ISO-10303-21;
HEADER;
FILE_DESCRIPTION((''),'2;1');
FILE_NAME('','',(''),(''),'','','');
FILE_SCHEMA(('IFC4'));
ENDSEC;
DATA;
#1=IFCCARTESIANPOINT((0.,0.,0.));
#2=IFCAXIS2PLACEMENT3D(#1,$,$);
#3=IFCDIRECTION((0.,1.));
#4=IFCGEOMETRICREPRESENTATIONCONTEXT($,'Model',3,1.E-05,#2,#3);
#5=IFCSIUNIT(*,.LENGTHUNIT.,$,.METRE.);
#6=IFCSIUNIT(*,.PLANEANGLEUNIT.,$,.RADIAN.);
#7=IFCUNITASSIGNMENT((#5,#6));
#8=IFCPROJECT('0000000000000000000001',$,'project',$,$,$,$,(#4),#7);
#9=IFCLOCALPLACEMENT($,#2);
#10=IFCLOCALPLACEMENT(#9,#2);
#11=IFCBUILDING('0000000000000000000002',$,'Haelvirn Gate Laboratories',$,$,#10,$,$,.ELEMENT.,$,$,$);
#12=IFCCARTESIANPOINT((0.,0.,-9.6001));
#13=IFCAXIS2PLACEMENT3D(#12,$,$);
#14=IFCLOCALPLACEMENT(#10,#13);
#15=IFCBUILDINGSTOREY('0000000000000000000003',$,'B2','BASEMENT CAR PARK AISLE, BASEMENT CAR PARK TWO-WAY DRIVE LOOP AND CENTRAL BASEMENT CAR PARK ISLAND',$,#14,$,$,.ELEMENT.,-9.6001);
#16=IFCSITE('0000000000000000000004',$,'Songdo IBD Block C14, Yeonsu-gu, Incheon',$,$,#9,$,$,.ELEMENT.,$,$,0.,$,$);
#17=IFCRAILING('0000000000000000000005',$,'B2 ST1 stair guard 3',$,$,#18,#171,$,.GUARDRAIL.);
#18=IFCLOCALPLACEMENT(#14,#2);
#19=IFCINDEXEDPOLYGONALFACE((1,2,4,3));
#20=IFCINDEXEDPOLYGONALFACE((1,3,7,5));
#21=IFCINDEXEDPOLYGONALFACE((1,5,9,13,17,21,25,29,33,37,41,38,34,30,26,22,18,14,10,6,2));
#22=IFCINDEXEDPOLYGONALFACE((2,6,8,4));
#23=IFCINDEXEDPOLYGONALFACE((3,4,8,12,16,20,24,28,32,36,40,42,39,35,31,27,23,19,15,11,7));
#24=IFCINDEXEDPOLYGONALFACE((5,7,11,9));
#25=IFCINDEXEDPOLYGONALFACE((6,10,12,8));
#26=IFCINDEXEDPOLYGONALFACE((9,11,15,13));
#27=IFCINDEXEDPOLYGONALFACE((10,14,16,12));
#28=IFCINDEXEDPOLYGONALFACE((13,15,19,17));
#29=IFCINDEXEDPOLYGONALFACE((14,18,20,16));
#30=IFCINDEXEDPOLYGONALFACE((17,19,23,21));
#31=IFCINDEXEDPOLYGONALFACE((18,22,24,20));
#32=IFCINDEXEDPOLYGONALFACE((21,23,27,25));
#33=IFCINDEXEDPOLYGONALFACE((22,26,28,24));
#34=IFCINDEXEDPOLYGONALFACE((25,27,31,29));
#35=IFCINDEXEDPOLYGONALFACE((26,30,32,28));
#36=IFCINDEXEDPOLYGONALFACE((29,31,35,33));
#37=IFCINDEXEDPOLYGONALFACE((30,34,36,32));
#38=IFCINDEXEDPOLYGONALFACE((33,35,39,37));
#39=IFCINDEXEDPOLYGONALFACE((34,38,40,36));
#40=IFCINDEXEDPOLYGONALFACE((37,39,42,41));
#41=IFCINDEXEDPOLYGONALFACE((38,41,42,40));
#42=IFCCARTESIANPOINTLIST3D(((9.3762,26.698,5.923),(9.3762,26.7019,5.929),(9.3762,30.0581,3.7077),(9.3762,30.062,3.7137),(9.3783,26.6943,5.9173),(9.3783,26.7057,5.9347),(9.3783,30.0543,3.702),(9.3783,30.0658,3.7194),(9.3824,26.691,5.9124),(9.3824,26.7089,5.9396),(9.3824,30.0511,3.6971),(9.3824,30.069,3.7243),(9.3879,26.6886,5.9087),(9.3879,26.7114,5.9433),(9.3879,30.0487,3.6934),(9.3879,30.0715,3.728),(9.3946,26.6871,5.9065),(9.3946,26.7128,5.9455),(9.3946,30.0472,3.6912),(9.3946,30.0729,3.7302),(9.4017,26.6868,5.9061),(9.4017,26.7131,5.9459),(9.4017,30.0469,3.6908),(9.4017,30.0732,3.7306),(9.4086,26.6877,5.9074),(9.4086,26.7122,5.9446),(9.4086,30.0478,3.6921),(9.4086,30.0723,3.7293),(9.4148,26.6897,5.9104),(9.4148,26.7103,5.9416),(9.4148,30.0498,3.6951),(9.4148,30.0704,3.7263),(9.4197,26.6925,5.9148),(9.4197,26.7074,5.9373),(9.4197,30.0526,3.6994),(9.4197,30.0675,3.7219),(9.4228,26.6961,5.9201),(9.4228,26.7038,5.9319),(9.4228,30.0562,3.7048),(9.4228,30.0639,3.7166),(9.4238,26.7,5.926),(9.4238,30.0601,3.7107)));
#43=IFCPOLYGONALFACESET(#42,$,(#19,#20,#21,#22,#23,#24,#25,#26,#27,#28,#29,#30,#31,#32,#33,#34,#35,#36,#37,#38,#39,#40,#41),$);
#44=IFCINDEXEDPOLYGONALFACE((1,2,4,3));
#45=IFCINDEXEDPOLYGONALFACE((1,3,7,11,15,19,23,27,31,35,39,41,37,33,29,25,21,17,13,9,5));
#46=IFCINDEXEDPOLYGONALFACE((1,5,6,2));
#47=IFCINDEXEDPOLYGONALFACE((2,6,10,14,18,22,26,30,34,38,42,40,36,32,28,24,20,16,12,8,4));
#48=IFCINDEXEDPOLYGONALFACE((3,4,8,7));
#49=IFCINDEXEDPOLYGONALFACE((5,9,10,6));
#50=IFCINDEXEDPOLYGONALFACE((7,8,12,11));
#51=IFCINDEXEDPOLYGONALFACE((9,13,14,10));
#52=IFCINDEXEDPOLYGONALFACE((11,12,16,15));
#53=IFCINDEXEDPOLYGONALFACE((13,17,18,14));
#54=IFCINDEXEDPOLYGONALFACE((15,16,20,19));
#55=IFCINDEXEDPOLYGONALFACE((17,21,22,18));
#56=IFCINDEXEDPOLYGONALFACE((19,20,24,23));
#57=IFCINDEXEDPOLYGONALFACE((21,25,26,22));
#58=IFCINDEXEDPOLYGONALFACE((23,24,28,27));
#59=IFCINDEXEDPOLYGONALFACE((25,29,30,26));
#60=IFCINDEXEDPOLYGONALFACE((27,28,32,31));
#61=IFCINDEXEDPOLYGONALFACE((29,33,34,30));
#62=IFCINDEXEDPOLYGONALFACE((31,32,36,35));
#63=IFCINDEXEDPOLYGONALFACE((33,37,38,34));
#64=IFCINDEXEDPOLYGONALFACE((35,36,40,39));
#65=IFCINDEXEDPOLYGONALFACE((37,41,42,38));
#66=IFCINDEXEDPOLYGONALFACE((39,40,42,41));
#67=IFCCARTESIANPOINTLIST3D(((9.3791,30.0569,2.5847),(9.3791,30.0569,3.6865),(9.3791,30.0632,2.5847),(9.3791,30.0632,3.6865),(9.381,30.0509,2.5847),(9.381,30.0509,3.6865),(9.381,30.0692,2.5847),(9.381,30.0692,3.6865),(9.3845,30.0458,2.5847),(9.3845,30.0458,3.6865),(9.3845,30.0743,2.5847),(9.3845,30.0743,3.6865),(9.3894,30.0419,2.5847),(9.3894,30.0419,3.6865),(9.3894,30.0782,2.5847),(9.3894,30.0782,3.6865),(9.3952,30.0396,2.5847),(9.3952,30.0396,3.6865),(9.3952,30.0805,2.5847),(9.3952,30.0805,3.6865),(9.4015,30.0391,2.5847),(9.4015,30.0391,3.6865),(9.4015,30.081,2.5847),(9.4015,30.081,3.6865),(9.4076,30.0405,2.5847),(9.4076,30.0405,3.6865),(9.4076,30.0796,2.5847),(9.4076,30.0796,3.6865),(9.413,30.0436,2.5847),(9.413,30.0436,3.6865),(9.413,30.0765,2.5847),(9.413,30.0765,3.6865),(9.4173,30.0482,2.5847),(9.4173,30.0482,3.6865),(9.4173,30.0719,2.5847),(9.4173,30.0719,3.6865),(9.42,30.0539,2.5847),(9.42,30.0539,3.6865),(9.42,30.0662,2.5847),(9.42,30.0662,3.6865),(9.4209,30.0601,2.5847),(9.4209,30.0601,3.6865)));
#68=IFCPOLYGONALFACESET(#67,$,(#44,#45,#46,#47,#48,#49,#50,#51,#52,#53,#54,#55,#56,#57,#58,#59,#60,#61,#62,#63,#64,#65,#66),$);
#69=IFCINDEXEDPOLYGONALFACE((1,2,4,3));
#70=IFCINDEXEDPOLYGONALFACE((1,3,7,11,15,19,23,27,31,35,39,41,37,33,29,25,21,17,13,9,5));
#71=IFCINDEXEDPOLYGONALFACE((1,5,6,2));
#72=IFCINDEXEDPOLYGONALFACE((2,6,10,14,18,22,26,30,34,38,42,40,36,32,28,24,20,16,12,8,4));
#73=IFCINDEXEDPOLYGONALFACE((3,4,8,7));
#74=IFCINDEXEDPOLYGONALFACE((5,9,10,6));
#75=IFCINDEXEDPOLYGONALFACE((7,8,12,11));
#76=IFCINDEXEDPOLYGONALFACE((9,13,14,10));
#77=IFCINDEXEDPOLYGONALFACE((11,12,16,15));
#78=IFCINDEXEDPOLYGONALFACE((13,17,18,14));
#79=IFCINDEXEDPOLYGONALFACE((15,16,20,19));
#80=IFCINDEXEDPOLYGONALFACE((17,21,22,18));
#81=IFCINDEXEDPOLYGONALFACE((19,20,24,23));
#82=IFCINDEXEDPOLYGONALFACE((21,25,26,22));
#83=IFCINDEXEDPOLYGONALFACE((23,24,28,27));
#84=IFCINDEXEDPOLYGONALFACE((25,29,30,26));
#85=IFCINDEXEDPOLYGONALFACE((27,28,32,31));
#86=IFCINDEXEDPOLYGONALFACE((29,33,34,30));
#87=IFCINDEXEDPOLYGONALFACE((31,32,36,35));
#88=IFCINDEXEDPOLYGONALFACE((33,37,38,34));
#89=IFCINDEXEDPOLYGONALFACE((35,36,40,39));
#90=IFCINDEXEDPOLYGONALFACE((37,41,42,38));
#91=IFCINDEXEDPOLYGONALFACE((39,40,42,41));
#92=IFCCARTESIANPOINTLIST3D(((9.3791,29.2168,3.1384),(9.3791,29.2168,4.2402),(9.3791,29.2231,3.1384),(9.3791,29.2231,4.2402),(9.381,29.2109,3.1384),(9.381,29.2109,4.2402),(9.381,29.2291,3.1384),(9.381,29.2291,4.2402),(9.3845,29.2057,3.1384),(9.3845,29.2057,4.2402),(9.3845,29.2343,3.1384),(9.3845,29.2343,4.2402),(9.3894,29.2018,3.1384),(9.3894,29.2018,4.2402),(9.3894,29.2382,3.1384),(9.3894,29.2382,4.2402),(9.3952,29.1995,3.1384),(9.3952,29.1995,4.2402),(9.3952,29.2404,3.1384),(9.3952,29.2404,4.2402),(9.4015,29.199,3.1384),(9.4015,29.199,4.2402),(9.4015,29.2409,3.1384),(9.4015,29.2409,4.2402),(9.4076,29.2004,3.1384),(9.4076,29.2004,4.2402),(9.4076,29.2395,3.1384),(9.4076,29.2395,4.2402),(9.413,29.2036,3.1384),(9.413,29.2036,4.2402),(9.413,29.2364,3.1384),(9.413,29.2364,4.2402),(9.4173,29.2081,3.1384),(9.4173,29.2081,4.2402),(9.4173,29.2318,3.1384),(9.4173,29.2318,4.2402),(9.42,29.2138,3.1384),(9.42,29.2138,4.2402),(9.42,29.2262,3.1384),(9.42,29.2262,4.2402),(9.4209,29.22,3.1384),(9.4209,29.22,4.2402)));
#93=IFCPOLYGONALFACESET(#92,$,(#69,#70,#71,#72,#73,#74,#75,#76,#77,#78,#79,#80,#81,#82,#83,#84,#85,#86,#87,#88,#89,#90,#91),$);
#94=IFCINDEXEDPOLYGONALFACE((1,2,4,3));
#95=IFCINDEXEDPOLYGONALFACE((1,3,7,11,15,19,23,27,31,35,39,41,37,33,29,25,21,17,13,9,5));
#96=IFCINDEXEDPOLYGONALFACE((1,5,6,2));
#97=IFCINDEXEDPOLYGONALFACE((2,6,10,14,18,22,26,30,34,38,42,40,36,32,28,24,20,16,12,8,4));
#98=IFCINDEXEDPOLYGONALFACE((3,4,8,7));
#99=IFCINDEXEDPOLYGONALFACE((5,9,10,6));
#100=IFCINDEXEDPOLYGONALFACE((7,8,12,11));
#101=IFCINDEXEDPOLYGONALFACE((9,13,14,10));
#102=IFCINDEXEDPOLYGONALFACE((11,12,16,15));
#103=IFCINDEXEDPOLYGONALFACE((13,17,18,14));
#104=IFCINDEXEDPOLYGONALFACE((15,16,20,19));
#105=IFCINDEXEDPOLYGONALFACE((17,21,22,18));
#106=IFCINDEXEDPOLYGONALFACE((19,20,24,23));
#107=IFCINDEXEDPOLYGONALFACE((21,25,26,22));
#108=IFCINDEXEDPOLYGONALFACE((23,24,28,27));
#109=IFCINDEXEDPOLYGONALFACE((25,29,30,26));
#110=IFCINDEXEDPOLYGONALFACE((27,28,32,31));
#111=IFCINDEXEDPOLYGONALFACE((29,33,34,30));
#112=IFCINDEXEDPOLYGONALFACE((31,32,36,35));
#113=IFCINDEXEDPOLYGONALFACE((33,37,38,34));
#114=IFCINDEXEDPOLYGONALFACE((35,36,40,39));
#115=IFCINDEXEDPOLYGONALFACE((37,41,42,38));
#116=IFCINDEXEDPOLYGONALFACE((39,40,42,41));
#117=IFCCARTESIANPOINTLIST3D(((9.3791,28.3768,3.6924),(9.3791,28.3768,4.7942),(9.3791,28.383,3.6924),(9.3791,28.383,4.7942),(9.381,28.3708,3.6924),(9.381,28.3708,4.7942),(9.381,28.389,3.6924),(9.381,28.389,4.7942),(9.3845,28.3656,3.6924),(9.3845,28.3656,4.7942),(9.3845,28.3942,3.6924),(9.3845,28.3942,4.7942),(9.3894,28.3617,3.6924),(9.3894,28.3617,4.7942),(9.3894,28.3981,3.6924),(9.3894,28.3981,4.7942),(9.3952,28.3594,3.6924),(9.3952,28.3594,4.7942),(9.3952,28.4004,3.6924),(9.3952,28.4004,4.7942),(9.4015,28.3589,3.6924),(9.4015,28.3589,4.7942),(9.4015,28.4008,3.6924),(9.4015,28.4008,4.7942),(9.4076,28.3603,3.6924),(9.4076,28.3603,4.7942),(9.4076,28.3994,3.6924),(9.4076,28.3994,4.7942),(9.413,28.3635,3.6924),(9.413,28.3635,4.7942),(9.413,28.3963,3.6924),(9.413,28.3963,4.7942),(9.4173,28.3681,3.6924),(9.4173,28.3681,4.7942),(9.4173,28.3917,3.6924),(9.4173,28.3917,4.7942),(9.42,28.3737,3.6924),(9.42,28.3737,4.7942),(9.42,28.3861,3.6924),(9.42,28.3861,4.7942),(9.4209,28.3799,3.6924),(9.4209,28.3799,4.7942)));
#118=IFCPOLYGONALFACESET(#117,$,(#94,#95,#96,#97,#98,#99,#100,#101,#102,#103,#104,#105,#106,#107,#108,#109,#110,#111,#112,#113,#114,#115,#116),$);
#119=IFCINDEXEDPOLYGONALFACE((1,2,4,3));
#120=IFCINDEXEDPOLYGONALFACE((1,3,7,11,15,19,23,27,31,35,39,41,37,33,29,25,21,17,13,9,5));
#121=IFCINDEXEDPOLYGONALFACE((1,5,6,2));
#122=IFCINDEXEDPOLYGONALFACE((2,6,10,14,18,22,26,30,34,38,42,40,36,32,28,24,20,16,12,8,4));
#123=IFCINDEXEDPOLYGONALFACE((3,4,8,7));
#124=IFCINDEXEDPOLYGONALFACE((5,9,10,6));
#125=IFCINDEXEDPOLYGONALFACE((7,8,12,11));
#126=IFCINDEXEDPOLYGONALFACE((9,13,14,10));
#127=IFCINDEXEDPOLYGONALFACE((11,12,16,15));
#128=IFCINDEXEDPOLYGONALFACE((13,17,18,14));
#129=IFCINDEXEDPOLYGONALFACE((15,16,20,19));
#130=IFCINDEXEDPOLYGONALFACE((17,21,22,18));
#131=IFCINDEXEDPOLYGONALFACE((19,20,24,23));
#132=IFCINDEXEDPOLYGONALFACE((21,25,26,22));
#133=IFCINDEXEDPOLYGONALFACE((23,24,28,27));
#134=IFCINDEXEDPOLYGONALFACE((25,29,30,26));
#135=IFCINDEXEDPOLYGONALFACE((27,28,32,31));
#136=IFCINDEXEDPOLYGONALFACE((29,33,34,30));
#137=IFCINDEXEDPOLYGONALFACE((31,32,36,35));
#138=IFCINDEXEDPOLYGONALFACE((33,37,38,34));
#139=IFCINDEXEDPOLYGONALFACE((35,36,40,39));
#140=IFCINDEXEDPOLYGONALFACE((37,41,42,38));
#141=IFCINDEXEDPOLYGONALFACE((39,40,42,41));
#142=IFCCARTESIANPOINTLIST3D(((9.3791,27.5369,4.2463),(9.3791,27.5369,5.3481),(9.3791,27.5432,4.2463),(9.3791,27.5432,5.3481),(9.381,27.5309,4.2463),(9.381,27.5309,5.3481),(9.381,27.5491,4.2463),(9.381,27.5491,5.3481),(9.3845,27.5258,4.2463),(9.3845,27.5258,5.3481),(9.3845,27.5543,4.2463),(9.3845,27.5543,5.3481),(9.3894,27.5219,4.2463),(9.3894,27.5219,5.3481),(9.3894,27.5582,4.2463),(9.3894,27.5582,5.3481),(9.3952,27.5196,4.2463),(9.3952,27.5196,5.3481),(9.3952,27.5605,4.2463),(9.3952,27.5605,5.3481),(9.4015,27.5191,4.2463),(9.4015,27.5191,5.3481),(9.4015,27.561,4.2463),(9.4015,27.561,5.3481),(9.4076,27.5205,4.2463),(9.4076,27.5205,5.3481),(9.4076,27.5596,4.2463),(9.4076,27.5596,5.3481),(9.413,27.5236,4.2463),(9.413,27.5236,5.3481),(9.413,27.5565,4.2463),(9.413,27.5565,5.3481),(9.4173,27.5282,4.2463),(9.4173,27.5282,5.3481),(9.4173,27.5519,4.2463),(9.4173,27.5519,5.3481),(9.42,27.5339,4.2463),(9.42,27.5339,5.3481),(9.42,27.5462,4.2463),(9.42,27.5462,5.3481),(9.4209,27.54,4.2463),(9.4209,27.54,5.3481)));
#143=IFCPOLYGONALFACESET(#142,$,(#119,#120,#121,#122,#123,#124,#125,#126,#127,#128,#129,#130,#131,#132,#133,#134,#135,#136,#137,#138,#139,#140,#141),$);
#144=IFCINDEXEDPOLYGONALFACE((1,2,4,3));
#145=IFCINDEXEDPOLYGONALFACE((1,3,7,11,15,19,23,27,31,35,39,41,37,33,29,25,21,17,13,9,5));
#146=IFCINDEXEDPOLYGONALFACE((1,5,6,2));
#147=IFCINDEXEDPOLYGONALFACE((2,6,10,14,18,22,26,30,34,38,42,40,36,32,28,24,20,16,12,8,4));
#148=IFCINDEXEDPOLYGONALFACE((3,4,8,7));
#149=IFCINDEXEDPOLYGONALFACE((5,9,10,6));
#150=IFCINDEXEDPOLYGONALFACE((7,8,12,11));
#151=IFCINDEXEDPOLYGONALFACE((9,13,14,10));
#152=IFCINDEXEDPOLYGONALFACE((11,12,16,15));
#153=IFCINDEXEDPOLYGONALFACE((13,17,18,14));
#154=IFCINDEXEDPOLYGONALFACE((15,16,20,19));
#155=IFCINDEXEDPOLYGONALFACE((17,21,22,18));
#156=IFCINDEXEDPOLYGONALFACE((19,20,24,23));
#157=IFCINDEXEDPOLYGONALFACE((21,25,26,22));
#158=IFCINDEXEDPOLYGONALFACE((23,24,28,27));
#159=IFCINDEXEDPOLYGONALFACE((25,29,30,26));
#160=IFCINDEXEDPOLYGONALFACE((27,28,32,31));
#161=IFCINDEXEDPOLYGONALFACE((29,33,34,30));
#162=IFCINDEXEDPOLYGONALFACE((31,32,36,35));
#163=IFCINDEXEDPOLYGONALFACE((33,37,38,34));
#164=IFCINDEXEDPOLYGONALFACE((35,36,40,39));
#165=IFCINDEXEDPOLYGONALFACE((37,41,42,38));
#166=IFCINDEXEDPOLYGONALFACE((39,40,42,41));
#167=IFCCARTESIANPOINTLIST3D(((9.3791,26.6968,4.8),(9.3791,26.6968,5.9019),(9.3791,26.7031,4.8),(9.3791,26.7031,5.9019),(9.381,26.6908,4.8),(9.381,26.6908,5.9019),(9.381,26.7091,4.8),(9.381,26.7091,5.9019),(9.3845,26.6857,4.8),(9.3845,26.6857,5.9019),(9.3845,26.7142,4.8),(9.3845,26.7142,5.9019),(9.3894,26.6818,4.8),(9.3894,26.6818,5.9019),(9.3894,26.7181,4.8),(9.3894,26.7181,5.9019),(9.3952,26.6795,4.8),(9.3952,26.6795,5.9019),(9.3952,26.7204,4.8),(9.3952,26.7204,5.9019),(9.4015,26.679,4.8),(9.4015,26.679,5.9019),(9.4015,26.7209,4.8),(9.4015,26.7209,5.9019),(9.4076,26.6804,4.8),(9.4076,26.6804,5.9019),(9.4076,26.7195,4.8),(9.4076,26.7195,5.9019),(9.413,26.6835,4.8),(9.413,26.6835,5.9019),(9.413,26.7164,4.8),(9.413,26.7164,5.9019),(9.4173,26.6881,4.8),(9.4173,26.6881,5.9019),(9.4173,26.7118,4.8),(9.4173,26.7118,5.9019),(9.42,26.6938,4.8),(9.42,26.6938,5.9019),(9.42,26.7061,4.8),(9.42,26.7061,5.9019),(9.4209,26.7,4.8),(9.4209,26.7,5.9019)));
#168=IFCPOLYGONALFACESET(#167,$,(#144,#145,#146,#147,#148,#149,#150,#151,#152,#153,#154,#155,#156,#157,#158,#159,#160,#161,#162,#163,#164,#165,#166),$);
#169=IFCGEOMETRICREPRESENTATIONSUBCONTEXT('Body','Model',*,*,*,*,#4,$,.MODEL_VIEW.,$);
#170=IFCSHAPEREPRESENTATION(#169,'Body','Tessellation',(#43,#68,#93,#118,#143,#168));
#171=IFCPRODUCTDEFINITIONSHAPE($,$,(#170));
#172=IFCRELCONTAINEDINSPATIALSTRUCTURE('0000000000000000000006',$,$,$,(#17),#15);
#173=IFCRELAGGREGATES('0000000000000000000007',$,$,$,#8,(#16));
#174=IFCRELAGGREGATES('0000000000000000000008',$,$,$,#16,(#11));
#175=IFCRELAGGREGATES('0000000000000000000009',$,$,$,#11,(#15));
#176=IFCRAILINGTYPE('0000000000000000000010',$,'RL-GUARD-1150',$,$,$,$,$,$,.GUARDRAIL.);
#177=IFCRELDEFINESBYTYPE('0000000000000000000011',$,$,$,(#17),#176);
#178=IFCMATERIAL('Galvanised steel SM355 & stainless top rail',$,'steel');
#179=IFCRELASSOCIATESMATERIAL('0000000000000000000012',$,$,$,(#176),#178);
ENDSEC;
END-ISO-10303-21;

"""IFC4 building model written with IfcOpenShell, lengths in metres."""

from ifc_helpers import new_model, si_unit, direction, frame, origin, origin_2d, place, context, subcontext, project, spatial, circle, extrude, source, transform, mapped, material, type_object, element, save


model = new_model("IFC4")

# Units and contexts
model_context = context("Model", 3, precision=1e-05, world=origin(), true_north=direction((0.0, 1.0)))
body_context = subcontext(model_context, "Body", "Model", "MODEL_VIEW")
ifc_project = project(units=[si_unit("LENGTHUNIT", "METRE"), si_unit("PLANEANGLEUNIT", "RADIAN")], contexts=[model_context])

# Site, building, storey
site_placement = place(None, origin())
site = spatial("IfcSite", under=ifc_project, at=site_placement, Name="Songdo IBD Block C14, Yeonsu-gu, Incheon", CompositionType="ELEMENT", RefElevation=0.0)
building_placement = place(site_placement, origin())
building = spatial("IfcBuilding", under=site, at=building_placement, Name="Haelvirn Gate Laboratories", CompositionType="ELEMENT")
storey_placement = place(building_placement, frame((0.0, 0.0, -9.6001)))
storey = spatial("IfcBuildingStorey", under=building, at=storey_placement, Name="B2", Description="BASEMENT CAR PARK AISLE, BASEMENT CAR PARK TWO-WAY DRIVE LOOP AND CENTRAL BASEMENT CAR PARK ISLAND", CompositionType="ELEMENT", Elevation=-9.6001)

# Railing
ifc_material_1 = material(Name="Galvanised steel SM355 & stainless top rail", Category="steel")
railing_type_1 = type_object("IfcRailingType", Name="RL-GUARD-1150", PredefinedType="GUARDRAIL", material=ifc_material_1)
shared_shape_1 = source(origin(), body_context, "Body", "SweptSolid", [
    extrude(circle(Radius=0.0239, at=origin_2d()), frame((0.0, 0.0, 1.126), z_axis=(0.0, -0.834876, 0.550437), x_axis=(1.0, 0.0, 0.0)), (0.0, 0.0, 1.0), 4.0247),
    extrude(circle(Radius=0.021, at=origin_2d()), origin(), (0.0, 0.0, 1.0), 1.1018),
    extrude(circle(Radius=0.021, at=origin_2d()), frame((0.0, -0.8401, 0.5537)), (0.0, 0.0, 1.0), 1.1018),
    extrude(circle(Radius=0.021, at=origin_2d()), frame((0.0, -1.6802, 1.1077)), (0.0, 0.0, 1.0), 1.1018),
    extrude(circle(Radius=0.021, at=origin_2d()), frame((0.0, -2.52, 1.6616)), (0.0, 0.0, 1.0), 1.1018),
    extrude(circle(Radius=0.021, at=origin_2d()), frame((0.0, -3.3601, 2.2153)), (0.0, 0.0, 1.0), 1.1018),
])
railing_1_placement = place(storey_placement, frame((9.3999, 30.0601, 2.5847)))
element("IfcRailing", 1, at=railing_1_placement, inside=storey, type_object=railing_type_1, Name="B2 ST1 stair guard 3", PredefinedType="GUARDRAIL", context=body_context, shape_type="MappedRepresentation", body=[
    mapped(shared_shape_1, transform((0.0, 0.0, 0.0), scale=1.0)),
])

save(model, "model.ifc")
